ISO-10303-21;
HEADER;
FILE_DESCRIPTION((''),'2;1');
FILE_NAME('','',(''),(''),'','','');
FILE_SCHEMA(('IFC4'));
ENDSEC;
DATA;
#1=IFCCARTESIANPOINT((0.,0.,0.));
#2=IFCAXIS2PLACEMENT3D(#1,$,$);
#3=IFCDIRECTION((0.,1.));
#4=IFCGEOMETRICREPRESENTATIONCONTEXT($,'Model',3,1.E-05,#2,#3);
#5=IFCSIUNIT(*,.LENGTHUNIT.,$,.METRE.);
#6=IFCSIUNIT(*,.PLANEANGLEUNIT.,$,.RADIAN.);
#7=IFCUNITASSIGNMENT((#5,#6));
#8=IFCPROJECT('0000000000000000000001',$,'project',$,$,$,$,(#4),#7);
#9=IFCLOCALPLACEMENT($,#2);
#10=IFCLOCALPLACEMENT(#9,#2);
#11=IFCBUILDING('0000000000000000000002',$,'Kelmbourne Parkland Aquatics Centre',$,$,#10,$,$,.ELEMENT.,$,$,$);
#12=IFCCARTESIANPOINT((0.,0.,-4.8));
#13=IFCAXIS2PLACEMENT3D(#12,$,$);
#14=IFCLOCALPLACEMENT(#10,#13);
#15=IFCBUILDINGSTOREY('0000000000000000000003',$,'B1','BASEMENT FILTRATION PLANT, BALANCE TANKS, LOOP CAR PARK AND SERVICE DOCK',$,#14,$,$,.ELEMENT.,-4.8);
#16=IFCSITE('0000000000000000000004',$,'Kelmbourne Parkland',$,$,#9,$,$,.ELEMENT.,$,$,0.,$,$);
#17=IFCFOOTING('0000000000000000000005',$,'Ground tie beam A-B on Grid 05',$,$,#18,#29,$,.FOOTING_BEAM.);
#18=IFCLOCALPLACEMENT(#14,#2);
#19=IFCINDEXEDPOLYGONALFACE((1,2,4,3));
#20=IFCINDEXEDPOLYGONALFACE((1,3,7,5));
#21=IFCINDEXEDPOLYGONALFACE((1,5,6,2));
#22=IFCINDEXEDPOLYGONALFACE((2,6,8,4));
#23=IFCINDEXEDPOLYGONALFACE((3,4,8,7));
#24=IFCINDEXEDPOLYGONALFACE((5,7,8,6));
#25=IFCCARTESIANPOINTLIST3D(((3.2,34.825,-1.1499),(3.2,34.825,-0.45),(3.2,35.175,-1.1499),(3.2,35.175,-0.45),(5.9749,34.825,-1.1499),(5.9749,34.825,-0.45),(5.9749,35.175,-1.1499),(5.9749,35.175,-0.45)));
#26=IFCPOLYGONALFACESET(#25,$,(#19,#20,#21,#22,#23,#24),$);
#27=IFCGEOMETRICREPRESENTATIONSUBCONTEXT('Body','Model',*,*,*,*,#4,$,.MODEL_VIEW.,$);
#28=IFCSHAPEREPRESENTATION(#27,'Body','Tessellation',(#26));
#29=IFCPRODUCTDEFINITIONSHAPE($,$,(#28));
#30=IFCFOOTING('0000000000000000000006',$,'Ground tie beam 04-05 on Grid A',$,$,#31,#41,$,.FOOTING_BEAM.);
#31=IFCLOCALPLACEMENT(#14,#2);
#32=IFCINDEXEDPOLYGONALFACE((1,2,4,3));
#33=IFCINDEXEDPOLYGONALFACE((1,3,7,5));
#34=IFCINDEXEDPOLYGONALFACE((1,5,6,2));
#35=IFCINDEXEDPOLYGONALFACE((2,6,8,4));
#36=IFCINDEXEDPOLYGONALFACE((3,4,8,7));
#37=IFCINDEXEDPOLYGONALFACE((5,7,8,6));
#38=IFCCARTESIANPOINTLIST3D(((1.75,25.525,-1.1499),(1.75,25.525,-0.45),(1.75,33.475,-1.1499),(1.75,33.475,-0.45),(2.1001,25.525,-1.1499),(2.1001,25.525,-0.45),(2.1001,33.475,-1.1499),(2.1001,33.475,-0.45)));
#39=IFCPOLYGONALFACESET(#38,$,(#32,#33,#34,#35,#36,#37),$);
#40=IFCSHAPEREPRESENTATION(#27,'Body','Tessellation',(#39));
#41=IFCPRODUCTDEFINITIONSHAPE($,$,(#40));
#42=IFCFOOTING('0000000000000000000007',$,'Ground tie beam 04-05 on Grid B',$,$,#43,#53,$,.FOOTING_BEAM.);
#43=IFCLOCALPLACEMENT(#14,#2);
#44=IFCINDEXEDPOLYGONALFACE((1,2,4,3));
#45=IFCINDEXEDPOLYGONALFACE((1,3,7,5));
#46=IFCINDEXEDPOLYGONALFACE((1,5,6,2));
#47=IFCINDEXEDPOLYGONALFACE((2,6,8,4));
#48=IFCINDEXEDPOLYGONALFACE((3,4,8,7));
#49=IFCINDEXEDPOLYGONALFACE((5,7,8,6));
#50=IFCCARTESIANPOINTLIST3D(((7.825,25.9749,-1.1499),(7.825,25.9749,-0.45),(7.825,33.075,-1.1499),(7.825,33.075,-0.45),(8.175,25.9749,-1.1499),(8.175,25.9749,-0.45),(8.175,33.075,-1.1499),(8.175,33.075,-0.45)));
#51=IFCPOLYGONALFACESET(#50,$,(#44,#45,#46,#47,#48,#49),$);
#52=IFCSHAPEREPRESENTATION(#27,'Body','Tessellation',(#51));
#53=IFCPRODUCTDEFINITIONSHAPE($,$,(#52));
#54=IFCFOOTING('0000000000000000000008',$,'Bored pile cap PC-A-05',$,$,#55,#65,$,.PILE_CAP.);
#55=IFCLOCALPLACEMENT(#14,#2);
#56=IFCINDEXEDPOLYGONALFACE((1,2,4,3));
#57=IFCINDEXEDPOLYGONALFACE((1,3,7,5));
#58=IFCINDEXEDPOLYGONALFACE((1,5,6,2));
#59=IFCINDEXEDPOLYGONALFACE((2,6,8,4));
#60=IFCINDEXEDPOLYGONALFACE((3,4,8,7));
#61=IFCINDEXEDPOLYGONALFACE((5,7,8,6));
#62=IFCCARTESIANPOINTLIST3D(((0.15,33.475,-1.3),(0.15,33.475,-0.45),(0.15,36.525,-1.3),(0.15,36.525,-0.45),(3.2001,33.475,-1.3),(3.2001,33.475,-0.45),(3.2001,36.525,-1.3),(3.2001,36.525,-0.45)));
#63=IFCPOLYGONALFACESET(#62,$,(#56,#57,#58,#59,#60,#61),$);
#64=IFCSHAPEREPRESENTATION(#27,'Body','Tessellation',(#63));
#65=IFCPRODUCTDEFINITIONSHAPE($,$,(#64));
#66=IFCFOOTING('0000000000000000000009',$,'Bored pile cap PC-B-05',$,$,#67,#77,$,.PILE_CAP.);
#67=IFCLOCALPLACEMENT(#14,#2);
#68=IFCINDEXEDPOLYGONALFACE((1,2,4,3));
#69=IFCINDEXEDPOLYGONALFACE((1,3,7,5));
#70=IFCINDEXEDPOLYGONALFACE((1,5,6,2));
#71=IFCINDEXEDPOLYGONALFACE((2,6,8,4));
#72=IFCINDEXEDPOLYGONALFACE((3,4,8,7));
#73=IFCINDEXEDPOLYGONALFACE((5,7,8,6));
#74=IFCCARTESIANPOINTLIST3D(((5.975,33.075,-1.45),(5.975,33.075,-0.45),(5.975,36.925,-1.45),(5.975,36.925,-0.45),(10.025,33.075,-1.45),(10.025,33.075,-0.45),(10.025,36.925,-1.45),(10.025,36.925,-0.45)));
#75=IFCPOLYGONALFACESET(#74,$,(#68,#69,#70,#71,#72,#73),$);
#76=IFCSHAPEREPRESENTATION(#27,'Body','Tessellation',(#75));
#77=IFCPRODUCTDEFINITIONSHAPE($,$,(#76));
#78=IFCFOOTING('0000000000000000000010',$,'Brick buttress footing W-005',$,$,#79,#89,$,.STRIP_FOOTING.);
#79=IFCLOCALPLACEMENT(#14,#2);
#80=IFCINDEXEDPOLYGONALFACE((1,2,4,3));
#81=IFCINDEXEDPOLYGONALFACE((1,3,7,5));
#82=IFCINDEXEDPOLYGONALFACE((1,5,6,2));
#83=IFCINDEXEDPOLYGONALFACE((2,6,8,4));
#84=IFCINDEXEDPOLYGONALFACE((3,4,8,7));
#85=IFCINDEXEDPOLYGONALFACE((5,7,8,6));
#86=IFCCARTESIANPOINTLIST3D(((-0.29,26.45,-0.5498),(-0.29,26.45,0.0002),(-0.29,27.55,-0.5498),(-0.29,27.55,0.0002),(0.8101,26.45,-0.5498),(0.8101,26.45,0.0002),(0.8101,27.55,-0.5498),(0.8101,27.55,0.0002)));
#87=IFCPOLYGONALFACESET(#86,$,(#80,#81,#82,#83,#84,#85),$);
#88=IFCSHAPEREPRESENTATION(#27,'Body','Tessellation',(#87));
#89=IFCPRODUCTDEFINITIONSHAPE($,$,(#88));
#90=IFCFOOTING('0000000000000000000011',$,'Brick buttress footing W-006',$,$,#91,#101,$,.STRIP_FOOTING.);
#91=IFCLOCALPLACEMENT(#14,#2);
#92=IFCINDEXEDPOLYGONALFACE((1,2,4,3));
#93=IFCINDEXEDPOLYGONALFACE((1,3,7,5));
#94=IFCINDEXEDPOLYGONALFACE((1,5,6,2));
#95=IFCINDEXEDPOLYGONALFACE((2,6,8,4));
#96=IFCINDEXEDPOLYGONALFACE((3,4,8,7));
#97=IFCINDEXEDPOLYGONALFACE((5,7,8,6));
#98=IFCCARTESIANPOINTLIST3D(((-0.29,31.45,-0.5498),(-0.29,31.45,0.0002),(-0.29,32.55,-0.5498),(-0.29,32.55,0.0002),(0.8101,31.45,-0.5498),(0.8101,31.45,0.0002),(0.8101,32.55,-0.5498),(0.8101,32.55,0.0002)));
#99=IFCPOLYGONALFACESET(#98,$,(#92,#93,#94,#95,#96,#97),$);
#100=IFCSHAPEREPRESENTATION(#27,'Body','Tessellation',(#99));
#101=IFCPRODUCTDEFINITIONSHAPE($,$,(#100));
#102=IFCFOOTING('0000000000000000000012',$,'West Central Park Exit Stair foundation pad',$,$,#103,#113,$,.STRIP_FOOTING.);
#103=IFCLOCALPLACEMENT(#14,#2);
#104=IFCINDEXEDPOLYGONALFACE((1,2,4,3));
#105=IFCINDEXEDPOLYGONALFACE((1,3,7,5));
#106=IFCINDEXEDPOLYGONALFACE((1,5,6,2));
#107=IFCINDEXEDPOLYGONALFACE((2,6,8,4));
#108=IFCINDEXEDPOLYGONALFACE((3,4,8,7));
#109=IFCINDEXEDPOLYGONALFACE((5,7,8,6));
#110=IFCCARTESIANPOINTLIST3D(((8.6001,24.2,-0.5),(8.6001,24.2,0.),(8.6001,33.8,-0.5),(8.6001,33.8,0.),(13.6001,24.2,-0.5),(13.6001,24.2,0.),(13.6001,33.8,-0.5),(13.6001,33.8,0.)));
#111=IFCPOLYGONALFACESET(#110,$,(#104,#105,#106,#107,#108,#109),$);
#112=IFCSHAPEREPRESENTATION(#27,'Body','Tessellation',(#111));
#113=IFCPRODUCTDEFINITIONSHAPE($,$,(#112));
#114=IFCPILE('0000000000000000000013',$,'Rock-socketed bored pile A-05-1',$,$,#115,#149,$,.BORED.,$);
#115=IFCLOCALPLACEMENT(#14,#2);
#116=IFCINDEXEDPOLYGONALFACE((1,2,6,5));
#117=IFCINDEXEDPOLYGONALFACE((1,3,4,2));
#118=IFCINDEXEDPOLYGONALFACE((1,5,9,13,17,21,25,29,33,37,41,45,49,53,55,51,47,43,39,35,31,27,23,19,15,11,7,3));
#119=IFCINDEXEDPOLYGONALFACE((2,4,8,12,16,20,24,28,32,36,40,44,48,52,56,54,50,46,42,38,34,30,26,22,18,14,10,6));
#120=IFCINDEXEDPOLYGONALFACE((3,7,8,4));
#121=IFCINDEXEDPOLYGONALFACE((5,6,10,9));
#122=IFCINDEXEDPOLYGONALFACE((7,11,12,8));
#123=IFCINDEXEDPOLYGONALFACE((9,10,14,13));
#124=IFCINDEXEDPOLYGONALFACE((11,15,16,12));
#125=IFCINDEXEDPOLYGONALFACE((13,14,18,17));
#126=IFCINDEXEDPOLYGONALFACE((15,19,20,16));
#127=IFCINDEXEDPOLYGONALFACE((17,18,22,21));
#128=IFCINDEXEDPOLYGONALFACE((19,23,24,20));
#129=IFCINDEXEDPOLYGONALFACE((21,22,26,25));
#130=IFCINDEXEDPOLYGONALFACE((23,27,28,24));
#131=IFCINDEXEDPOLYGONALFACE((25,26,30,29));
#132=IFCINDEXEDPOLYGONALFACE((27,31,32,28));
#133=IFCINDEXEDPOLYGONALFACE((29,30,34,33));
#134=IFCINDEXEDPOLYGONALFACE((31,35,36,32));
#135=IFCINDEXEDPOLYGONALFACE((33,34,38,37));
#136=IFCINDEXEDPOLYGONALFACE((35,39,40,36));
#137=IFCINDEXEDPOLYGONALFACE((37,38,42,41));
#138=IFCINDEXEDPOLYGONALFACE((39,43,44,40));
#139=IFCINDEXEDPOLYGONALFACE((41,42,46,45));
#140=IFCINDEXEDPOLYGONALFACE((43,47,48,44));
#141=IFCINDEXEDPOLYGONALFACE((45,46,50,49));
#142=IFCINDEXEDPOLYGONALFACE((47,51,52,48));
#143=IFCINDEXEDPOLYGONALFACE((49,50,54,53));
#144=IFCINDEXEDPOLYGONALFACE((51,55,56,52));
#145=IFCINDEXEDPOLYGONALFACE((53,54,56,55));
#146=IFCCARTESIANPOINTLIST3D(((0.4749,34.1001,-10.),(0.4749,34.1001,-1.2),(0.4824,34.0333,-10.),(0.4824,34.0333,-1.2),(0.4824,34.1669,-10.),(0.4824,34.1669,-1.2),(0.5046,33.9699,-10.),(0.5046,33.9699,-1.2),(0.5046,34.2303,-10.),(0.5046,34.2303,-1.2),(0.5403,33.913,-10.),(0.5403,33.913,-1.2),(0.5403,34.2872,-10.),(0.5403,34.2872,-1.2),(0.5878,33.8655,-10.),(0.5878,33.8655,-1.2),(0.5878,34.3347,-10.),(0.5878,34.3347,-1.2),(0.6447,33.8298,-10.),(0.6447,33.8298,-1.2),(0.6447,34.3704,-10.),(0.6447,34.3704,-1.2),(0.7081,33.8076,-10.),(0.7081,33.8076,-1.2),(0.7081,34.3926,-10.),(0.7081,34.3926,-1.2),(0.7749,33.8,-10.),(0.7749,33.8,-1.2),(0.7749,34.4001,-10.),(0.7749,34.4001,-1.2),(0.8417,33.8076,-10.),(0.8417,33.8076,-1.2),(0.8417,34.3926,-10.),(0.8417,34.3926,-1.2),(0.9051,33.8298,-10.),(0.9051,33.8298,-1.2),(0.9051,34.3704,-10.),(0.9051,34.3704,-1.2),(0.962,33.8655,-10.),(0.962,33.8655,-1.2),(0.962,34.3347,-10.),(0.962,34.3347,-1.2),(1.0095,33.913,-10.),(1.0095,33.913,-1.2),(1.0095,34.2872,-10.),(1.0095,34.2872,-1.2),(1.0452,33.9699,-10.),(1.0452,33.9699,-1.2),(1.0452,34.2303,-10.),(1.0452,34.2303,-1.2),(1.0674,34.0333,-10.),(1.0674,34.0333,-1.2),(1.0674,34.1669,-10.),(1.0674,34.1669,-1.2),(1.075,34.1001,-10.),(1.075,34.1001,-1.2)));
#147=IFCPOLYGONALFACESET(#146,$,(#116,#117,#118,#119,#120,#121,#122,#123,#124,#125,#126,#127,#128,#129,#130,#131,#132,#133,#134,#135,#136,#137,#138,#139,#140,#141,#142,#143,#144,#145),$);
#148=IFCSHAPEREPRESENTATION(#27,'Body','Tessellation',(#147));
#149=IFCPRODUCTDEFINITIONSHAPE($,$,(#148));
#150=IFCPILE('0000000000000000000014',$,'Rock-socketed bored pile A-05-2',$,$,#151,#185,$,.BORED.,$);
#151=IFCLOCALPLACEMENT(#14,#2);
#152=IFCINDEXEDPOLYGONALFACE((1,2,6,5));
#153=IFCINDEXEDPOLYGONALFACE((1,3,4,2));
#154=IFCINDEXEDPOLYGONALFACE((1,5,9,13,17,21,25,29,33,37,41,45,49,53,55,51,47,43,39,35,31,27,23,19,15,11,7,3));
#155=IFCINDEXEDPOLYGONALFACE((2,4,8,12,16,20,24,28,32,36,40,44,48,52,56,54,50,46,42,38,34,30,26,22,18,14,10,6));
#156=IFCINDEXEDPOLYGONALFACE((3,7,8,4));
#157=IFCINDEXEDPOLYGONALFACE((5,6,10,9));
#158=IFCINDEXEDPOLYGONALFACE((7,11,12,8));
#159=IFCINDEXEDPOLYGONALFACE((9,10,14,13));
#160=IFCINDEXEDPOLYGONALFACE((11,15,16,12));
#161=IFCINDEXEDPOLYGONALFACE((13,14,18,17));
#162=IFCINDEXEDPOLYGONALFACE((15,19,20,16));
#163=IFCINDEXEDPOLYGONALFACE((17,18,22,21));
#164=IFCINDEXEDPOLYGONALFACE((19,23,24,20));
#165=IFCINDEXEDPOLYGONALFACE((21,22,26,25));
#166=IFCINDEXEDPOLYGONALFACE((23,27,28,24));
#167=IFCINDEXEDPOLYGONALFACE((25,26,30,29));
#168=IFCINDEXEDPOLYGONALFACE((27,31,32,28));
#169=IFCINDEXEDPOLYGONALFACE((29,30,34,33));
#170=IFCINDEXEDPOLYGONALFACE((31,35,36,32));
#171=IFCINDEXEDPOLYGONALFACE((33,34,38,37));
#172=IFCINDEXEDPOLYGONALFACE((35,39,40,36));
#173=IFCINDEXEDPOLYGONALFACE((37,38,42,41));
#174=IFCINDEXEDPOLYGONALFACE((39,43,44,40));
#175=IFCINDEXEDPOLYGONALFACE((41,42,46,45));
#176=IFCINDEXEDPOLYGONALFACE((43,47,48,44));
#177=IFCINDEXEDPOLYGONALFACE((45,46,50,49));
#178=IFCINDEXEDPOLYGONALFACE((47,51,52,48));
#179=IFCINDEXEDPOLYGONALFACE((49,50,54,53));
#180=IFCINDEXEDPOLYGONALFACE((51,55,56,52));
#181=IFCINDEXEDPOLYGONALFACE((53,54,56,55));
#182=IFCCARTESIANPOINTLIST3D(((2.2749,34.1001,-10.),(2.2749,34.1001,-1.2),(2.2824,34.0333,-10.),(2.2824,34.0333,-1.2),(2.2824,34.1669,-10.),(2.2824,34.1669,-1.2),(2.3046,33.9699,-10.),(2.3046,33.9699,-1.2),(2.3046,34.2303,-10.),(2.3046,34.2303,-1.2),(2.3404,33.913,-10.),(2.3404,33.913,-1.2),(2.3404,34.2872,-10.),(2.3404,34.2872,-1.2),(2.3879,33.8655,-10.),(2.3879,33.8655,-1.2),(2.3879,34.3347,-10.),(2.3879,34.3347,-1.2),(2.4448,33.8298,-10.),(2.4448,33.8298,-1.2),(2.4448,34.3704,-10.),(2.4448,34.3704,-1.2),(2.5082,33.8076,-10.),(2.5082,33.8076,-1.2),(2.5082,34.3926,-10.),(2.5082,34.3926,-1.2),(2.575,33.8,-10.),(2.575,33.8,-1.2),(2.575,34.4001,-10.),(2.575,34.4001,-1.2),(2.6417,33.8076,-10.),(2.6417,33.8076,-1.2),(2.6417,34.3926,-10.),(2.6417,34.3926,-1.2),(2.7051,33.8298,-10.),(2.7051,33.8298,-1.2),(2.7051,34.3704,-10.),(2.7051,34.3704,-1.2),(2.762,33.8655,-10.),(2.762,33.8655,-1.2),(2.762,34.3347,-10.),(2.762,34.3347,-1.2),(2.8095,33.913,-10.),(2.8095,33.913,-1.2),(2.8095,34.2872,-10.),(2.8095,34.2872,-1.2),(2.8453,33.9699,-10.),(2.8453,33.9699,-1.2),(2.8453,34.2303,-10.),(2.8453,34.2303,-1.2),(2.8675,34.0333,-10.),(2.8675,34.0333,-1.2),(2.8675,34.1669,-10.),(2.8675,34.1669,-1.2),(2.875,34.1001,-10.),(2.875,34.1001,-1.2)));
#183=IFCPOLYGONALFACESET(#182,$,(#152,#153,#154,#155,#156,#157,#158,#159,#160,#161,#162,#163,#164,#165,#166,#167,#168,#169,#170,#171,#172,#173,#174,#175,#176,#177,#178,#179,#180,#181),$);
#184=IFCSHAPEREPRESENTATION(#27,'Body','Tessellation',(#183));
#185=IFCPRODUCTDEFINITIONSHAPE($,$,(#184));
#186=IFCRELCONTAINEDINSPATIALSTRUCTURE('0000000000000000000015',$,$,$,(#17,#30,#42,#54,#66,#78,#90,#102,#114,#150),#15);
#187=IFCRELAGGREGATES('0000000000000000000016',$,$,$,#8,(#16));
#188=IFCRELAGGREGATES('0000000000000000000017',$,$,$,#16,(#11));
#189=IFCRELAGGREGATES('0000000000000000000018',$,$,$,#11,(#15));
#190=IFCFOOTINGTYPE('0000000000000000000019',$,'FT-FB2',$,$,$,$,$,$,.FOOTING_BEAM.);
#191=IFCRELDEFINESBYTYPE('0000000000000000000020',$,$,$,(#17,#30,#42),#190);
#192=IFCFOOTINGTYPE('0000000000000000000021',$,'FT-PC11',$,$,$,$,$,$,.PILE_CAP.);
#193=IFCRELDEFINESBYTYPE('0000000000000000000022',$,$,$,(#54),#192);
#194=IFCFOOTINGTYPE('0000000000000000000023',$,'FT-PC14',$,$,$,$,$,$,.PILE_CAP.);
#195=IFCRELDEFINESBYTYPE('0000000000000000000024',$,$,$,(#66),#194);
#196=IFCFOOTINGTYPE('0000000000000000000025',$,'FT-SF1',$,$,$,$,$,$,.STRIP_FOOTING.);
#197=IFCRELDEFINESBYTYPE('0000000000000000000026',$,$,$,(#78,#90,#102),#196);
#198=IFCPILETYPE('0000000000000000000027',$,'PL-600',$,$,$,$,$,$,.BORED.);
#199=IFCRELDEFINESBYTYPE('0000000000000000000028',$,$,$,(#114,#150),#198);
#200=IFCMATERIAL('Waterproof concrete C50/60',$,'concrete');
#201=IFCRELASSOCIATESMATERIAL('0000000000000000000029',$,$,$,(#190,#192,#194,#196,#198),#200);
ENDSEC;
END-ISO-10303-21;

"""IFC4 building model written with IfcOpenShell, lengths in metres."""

from ifc_helpers import new_model, si_unit, direction, frame, origin, origin_2d, place, context, subcontext, project, spatial, rectangle, circle, extrude, material, material_profile, profile_set, type_object, element, save


model = new_model("IFC4")

# Units and contexts
model_context = context("Model", 3, precision=1e-05, world=origin(), true_north=direction((0.0, 1.0)))
body_context = subcontext(model_context, "Body", "Model", "MODEL_VIEW")
ifc_project = project(units=[si_unit("LENGTHUNIT", "METRE"), si_unit("PLANEANGLEUNIT", "RADIAN")], contexts=[model_context])

# Site, building, storey
site_placement = place(None, origin())
site = spatial("IfcSite", under=ifc_project, at=site_placement, Name="Kelmbourne Parkland", CompositionType="ELEMENT", RefElevation=0.0)
building_placement = place(site_placement, origin())
building = spatial("IfcBuilding", under=site, at=building_placement, Name="Kelmbourne Parkland Aquatics Centre", CompositionType="ELEMENT")
storey_placement = place(building_placement, frame((0.0, 0.0, -4.8)))
storey = spatial("IfcBuildingStorey", under=building, at=storey_placement, Name="B1", Description="BASEMENT FILTRATION PLANT, BALANCE TANKS, LOOP CAR PARK AND SERVICE DOCK", CompositionType="ELEMENT", Elevation=-4.8)

# Footings
ifc_material_1 = material(Name="Waterproof concrete C50/60", Category="concrete")
footing_type_1 = type_object("IfcFootingType", Name="FT-FB2", PredefinedType="FOOTING_BEAM", material=ifc_material_1)
footing_1_placement = place(storey_placement, frame((4.5874, 35.0, -1.1499), z_axis=(0.0, 0.0, 1.0), x_axis=(1.0, 0.0, 0.0)))
element("IfcFooting", 1, at=footing_1_placement, inside=storey, type_object=footing_type_1, Name="Ground tie beam A-B on Grid 05", PredefinedType="FOOTING_BEAM", context=body_context, shape_type="SweptSolid", body=[
    extrude(rectangle(XDim=2.7749, YDim=0.3501, at=origin_2d()), origin(), (0.0, 0.0, 1.0), 0.7),
])
footing_2_placement = place(storey_placement, frame((1.925, 29.5, -1.1499), z_axis=(0.0, 0.0, 1.0), x_axis=(0.0, 1.0, 0.0)))
element("IfcFooting", 2, at=footing_2_placement, inside=storey, type_object=footing_type_1, Name="Ground tie beam 04-05 on Grid A", PredefinedType="FOOTING_BEAM", context=body_context, shape_type="SweptSolid", body=[
    extrude(rectangle(XDim=7.95, YDim=0.3501, at=origin_2d()), origin(), (0.0, 0.0, 1.0), 0.7),
])
footing_3_placement = place(storey_placement, frame((8.0, 29.5249, -1.1499), z_axis=(0.0, 0.0, 1.0), x_axis=(0.0, 1.0, 0.0)))
element("IfcFooting", 3, at=footing_3_placement, inside=storey, type_object=footing_type_1, Name="Ground tie beam 04-05 on Grid B", PredefinedType="FOOTING_BEAM", context=body_context, shape_type="SweptSolid", body=[
    extrude(rectangle(XDim=7.1001, YDim=0.3501, at=origin_2d()), origin(), (0.0, 0.0, 1.0), 0.7),
])
footing_type_2 = type_object("IfcFootingType", Name="FT-PC11", PredefinedType="PILE_CAP", material=ifc_material_1)
footing_4_placement = place(storey_placement, frame((1.675, 35.0, -1.3), z_axis=(0.0, 0.0, 1.0), x_axis=(1.0, 0.0, 0.0)))
element("IfcFooting", 4, at=footing_4_placement, inside=storey, type_object=footing_type_2, Name="Bored pile cap PC-A-05", PredefinedType="PILE_CAP", context=body_context, shape_type="SweptSolid", body=[
    extrude(rectangle(XDim=3.05, YDim=3.05, at=origin_2d()), origin(), (0.0, 0.0, 1.0), 0.8501),
])
footing_type_3 = type_object("IfcFootingType", Name="FT-PC14", PredefinedType="PILE_CAP", material=ifc_material_1)
footing_5_placement = place(storey_placement, frame((8.0, 35.0, -1.45), z_axis=(0.0, 0.0, 1.0), x_axis=(1.0, 0.0, 0.0)))
element("IfcFooting", 5, at=footing_5_placement, inside=storey, type_object=footing_type_3, Name="Bored pile cap PC-B-05", PredefinedType="PILE_CAP", context=body_context, shape_type="SweptSolid", body=[
    extrude(rectangle(XDim=4.05, YDim=3.8501, at=origin_2d()), origin(), (0.0, 0.0, 1.0), 1.0),
])
footing_type_4 = type_object("IfcFootingType", Name="FT-SF1", PredefinedType="STRIP_FOOTING", material=ifc_material_1)
for number, where, z_axis, x_axis, name in (
    (6, (0.26, 27.0, -0.5498), (0.0, 0.0, 1.0), (1.0, 0.0, 0.0), "Brick buttress footing W-005"),
    (7, (0.26, 32.0, -0.5498), (0.0, 0.0, 1.0), (1.0, 0.0, 0.0), "Brick buttress footing W-006"),
):
    element("IfcFooting", number, at=place(storey_placement, frame(where, z_axis=z_axis, x_axis=x_axis)), inside=storey, type_object=footing_type_4, Name=name, PredefinedType="STRIP_FOOTING", context=body_context, shape_type="SweptSolid", body=[
        extrude(rectangle(XDim=1.1001, YDim=1.1001, at=origin_2d()), origin(), (0.0, 0.0, 1.0), 0.55),
    ])
footing_6_placement = place(storey_placement, frame((11.1001, 29.0, -0.5), z_axis=(0.0, 0.0, 1.0), x_axis=(1.0, 0.0, 0.0)))
element("IfcFooting", 8, at=footing_6_placement, inside=storey, type_object=footing_type_4, Name="West Central Park Exit Stair foundation pad", PredefinedType="STRIP_FOOTING", context=body_context, shape_type="SweptSolid", body=[
    extrude(rectangle(XDim=5.0, YDim=9.6001, at=origin_2d()), origin(), (0.0, 0.0, 1.0), 0.5),
])

# Piles
ifc_material_profile_1 = material_profile(ifc_material_1, circle(Radius=0.3, at=origin_2d()), Name="PILE D600")
ifc_profile_set_1 = profile_set([ifc_material_profile_1], Name="Waterproof concrete C50/60")
pile_type_1 = type_object("IfcPileType", Name="PL-600", PredefinedType="BORED", material=ifc_profile_set_1)
for number, where, z_axis, x_axis, name in (
    (9, (0.7749, 34.1001, -1.2), (0.0, 0.0, -1.0), (1.0, 0.0, 0.0), "Rock-socketed bored pile A-05-1"),
    (10, (2.575, 34.1001, -1.2), (0.0, 0.0, -1.0), (1.0, 0.0, 0.0), "Rock-socketed bored pile A-05-2"),
):
    element("IfcPile", number, at=place(storey_placement, frame(where, z_axis=z_axis, x_axis=x_axis)), inside=storey, type_object=pile_type_1, Name=name, PredefinedType="BORED", context=body_context, shape_type="SweptSolid", body=[
        extrude(circle(Radius=0.3, at=origin_2d()), origin(), (0.0, 0.0, 1.0), 8.8),
    ])

save(model, "model.ifc")
